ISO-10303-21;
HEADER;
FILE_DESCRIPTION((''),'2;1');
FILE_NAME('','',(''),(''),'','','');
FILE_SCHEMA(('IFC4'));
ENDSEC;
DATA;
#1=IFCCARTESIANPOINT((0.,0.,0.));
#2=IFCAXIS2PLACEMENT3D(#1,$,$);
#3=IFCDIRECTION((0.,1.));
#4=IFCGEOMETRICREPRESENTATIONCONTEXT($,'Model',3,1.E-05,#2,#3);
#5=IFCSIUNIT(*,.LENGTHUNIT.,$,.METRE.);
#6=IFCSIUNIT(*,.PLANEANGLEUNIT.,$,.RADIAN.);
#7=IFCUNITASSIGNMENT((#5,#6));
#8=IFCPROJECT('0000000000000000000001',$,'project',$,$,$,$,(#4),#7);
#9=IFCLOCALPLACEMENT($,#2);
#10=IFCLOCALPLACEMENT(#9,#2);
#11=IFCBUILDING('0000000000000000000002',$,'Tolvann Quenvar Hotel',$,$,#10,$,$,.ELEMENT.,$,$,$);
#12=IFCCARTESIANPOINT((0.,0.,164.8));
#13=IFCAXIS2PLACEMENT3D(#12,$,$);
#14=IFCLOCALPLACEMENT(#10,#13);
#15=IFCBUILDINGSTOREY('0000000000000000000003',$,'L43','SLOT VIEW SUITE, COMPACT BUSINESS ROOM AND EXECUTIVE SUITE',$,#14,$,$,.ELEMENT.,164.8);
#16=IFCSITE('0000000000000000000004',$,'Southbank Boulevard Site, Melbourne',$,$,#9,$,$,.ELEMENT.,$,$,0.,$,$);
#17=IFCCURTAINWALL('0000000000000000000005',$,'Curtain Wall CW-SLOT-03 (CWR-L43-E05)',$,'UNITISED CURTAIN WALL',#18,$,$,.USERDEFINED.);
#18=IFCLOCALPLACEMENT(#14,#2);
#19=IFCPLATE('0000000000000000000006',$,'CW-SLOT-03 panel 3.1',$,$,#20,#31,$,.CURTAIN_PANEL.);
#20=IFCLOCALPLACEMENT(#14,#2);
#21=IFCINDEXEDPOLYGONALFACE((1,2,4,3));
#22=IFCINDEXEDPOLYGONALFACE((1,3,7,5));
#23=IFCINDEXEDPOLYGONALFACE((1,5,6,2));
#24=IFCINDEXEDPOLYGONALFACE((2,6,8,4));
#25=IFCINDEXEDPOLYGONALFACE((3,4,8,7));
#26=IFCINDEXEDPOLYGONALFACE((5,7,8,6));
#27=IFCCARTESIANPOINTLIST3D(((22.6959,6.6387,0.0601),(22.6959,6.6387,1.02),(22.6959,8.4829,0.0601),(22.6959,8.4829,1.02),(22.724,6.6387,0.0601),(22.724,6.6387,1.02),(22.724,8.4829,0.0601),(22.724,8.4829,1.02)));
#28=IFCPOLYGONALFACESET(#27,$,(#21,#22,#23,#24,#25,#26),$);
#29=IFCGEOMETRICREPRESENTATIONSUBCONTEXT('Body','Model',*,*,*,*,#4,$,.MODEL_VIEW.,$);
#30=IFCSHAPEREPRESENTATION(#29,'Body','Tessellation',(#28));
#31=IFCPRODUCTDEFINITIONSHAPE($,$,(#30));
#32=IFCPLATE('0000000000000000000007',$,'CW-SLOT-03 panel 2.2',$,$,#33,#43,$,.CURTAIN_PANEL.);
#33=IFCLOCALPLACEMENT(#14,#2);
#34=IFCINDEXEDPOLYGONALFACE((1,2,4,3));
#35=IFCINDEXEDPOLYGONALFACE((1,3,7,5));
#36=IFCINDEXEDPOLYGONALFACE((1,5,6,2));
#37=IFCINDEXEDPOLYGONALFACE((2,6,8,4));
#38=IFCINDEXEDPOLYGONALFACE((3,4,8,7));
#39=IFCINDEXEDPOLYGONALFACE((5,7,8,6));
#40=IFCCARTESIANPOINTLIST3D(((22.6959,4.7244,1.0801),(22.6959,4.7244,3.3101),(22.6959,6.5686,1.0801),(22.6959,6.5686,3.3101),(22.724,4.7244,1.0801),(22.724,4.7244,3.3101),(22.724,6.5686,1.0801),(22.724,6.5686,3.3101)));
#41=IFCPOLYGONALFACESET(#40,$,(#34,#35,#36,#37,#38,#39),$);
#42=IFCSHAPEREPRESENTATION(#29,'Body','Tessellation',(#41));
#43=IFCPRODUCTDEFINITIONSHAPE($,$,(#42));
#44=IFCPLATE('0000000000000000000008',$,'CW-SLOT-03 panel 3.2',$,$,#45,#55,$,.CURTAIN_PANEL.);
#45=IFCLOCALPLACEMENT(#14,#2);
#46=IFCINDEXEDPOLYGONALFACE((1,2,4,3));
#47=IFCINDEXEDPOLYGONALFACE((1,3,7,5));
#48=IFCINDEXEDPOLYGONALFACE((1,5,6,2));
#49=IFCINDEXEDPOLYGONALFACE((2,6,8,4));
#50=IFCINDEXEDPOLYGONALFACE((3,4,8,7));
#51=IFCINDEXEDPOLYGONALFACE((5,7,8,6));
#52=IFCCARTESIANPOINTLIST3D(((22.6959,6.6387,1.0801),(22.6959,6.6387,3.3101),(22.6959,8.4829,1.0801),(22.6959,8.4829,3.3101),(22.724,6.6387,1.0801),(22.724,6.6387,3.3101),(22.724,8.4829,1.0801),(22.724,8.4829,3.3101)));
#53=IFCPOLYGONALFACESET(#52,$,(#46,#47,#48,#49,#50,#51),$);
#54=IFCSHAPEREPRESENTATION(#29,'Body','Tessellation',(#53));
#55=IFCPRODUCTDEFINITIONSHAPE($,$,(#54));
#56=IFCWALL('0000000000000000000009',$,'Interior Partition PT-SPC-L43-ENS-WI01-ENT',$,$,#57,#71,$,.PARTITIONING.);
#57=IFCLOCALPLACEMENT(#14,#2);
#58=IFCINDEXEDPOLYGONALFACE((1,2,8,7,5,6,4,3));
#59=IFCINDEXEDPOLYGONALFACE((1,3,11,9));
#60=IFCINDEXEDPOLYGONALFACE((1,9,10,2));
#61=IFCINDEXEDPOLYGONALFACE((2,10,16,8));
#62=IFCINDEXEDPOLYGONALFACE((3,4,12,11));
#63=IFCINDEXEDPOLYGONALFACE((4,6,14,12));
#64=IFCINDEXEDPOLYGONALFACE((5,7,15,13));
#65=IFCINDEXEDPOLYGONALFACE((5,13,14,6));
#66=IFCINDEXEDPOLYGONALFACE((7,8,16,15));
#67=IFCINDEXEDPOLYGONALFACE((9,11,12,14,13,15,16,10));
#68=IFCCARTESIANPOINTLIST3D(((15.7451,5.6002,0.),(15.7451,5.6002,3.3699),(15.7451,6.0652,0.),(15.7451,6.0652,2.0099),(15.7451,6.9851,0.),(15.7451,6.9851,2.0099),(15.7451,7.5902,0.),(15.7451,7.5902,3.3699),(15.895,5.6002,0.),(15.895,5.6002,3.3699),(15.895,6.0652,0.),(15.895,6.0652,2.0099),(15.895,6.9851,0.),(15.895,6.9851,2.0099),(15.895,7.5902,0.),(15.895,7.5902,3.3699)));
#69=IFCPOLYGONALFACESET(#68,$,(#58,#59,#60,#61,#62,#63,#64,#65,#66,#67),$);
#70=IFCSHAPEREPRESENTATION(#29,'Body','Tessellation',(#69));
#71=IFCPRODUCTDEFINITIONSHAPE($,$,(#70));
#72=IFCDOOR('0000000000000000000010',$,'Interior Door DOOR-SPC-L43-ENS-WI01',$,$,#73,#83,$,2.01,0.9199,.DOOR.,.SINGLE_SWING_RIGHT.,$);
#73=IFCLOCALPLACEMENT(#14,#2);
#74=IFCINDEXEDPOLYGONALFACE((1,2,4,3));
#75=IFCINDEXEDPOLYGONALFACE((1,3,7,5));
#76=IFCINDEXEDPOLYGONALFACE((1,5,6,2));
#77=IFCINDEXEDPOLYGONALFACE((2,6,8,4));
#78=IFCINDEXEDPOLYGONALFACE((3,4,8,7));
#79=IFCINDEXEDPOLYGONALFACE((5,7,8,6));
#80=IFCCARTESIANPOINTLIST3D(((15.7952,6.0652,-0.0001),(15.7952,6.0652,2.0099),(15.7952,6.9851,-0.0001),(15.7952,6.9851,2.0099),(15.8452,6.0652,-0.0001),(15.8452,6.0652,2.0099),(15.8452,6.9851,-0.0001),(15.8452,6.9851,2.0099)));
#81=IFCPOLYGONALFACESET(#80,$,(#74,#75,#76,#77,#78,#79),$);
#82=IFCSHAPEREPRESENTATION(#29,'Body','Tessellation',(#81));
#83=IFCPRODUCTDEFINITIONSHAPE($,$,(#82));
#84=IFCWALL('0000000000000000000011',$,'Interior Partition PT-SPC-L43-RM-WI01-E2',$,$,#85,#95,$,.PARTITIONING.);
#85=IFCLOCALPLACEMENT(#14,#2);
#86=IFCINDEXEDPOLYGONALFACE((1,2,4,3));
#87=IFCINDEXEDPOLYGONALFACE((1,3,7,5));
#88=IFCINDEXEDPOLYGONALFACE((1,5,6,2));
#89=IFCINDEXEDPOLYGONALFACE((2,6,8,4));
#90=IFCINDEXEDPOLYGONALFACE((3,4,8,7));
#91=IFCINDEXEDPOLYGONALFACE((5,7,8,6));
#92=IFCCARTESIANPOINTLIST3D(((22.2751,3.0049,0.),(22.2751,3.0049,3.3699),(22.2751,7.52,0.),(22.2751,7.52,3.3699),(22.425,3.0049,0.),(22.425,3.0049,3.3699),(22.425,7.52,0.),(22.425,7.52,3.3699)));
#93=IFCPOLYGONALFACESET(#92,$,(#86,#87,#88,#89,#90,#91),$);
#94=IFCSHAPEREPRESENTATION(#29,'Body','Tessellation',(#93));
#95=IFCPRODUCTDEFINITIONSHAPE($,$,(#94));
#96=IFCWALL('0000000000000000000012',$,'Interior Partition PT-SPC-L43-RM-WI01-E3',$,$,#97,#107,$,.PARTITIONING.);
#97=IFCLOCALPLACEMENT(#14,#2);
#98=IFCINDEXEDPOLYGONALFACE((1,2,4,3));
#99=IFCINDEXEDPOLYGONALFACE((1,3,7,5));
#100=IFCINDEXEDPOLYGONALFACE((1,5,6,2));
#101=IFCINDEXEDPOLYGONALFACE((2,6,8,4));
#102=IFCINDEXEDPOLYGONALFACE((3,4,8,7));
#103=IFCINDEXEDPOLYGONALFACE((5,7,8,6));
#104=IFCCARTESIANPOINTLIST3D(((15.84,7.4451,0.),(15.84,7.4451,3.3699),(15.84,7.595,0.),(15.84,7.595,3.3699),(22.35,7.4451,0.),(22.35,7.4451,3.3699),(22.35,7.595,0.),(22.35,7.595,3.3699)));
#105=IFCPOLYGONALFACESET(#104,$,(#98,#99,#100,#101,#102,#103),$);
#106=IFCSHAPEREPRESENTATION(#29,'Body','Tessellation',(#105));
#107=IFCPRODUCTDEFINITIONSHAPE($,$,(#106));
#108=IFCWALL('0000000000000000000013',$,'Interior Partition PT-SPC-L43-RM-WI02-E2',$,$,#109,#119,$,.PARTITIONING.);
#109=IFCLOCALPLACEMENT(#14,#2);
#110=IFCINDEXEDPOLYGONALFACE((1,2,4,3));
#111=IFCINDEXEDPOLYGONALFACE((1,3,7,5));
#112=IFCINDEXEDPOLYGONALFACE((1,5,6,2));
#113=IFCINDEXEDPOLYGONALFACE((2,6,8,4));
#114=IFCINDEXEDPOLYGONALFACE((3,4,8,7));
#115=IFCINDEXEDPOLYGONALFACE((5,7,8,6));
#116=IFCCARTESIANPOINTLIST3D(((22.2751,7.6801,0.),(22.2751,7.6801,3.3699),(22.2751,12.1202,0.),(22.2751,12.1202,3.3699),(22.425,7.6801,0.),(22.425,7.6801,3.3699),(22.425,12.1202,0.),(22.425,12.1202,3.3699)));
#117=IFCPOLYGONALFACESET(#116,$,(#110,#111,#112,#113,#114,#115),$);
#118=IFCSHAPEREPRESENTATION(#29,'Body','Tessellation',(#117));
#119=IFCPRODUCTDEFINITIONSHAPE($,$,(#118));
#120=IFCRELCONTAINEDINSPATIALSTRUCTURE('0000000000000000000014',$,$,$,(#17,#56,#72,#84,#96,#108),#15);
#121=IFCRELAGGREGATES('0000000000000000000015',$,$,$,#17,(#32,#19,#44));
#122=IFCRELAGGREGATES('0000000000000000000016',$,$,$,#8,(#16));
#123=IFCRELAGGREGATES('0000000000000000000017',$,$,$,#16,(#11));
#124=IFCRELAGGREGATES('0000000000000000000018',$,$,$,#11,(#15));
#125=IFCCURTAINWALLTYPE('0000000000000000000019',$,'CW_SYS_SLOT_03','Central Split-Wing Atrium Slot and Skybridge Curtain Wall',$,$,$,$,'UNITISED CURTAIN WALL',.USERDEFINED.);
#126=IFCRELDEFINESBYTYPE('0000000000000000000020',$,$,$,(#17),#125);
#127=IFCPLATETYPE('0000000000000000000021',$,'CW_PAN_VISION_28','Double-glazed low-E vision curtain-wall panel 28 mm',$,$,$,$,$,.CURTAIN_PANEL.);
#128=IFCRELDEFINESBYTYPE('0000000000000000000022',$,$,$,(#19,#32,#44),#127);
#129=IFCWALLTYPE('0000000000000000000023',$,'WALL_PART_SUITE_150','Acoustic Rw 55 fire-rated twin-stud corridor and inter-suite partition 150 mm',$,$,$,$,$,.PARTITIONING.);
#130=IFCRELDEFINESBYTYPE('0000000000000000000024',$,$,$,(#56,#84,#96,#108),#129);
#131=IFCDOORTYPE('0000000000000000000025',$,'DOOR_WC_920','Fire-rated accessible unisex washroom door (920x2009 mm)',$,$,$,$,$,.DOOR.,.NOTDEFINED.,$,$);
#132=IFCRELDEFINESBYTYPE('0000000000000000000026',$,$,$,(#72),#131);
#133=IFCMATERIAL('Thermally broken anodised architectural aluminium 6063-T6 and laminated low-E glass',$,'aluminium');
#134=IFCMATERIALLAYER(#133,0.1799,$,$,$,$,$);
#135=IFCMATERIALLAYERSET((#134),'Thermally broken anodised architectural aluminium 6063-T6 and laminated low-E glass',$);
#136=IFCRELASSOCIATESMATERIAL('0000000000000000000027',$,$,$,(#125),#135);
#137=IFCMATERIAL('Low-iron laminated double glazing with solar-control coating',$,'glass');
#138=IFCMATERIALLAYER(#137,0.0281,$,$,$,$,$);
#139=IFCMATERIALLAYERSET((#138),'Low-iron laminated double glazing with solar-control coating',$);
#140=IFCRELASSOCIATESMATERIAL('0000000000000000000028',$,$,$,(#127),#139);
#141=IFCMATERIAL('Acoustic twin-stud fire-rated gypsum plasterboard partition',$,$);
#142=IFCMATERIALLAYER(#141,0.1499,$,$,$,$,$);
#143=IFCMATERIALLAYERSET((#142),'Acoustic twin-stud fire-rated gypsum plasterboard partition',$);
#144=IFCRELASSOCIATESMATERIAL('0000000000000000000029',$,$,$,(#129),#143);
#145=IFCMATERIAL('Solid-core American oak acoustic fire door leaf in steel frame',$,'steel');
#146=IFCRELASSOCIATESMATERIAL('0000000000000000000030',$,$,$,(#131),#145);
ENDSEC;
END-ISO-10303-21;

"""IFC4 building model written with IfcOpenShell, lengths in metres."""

from ifc_helpers import new_model, si_unit, direction, frame, frame_2d, origin, origin_2d, place, context, subcontext, project, spatial, rectangle, extrude, source, transform, mapped, material, layer, layer_set, type_object, type_shapes, element, fill, aggregate, save


model = new_model("IFC4")

# Units and contexts
model_context = context("Model", 3, precision=1e-05, world=origin(), true_north=direction((0.0, 1.0)))
body_context = subcontext(model_context, "Body", "Model", "MODEL_VIEW")
ifc_project = project(units=[si_unit("LENGTHUNIT", "METRE"), si_unit("PLANEANGLEUNIT", "RADIAN")], contexts=[model_context])

# Site, building, storey
site_placement = place(None, origin())
site = spatial("IfcSite", under=ifc_project, at=site_placement, Name="Southbank Boulevard Site, Melbourne", CompositionType="ELEMENT", RefElevation=0.0)
building_placement = place(site_placement, origin())
building = spatial("IfcBuilding", under=site, at=building_placement, Name="Tolvann Quenvar Hotel", CompositionType="ELEMENT")
storey_placement = place(building_placement, frame((0.0, 0.0, 164.8)))
storey = spatial("IfcBuildingStorey", under=building, at=storey_placement, Name="L43", Description="SLOT VIEW SUITE, COMPACT BUSINESS ROOM AND EXECUTIVE SUITE", CompositionType="ELEMENT", Elevation=164.8)

# Curtain wall, plates
ifc_material_1 = material(Name="Thermally broken anodised architectural aluminium 6063-T6 and laminated low-E glass", Category="aluminium")
ifc_layer_1 = layer(ifc_material_1, 0.1799)
ifc_layer_set_1 = layer_set([ifc_layer_1], Name="Thermally broken anodised architectural aluminium 6063-T6 and laminated low-E glass")
curtain_wall_type = type_object("IfcCurtainWallType", Name="CW_SYS_SLOT_03", Description="Central Split-Wing Atrium Slot and Skybridge Curtain Wall", ElementType="UNITISED CURTAIN WALL", PredefinedType="USERDEFINED", material=ifc_layer_set_1)
curtain_wall_placement = place(storey_placement, origin())
curtain_wall = element("IfcCurtainWall", 1, at=curtain_wall_placement, inside=storey, type_object=curtain_wall_type, Name="Curtain Wall CW-SLOT-03 (CWR-L43-E05)", ObjectType="UNITISED CURTAIN WALL", PredefinedType="USERDEFINED")
ifc_material_2 = material(Name="Low-iron laminated double glazing with solar-control coating", Category="glass")
ifc_layer_2 = layer(ifc_material_2, 0.0281)
ifc_layer_set_2 = layer_set([ifc_layer_2], Name="Low-iron laminated double glazing with solar-control coating")
plate_type = type_object("IfcPlateType", Name="CW_PAN_VISION_28", Description="Double-glazed low-E vision curtain-wall panel 28 mm", PredefinedType="CURTAIN_PANEL", material=ifc_layer_set_2)
shared_shape_1 = source(origin(), body_context, "Body", "SweptSolid", [
    extrude(rectangle(XDim=1.8442, YDim=0.0281, at=origin_2d()), origin(), (0.0, 0.0, 1.0), 0.96),
])
plate_1_placement = place(storey_placement, frame((22.71, 7.5608, 0.0601), z_axis=(0.0, 0.0, 1.0), x_axis=(0.0, 1.0, 0.0)))
plate_1 = element("IfcPlate", 2, at=plate_1_placement, type_object=plate_type, Name="CW-SLOT-03 panel 3.1", PredefinedType="CURTAIN_PANEL", context=body_context, shape_type="MappedRepresentation", body=[
    mapped(shared_shape_1, transform((0.0, 0.0, 0.0), x_axis=(1.0, 0.0, 0.0), y_axis=(0.0, 1.0, 0.0), z_axis=(0.0, 0.0, 1.0), scale=1.0)),
])
shared_shape_2 = source(origin(), body_context, "Body", "SweptSolid", [
    extrude(rectangle(XDim=1.8442, YDim=0.0281, at=origin_2d()), origin(), (0.0, 0.0, 1.0), 2.23),
])
plate_2_placement = place(storey_placement, frame((22.71, 5.6465, 1.0801), z_axis=(0.0, 0.0, 1.0), x_axis=(0.0, 1.0, 0.0)))
plate_2 = element("IfcPlate", 3, at=plate_2_placement, type_object=plate_type, Name="CW-SLOT-03 panel 2.2", PredefinedType="CURTAIN_PANEL", context=body_context, shape_type="MappedRepresentation", body=[
    mapped(shared_shape_2, transform((0.0, 0.0, 0.0), x_axis=(1.0, 0.0, 0.0), y_axis=(0.0, 1.0, 0.0), z_axis=(0.0, 0.0, 1.0), scale=1.0)),
])
plate_3_placement = place(storey_placement, frame((22.71, 7.5608, 1.0801), z_axis=(0.0, 0.0, 1.0), x_axis=(0.0, 1.0, 0.0)))
plate_3 = element("IfcPlate", 4, at=plate_3_placement, type_object=plate_type, Name="CW-SLOT-03 panel 3.2", PredefinedType="CURTAIN_PANEL", context=body_context, shape_type="MappedRepresentation", body=[
    mapped(shared_shape_2, transform((0.0, 0.0, 0.0), x_axis=(1.0, 0.0, 0.0), y_axis=(0.0, 1.0, 0.0), z_axis=(0.0, 0.0, 1.0), scale=1.0)),
])
aggregate(curtain_wall, [plate_2, plate_1, plate_3])

# Wall, opening, door
ifc_material_3 = material(Name="Acoustic twin-stud fire-rated gypsum plasterboard partition")
ifc_layer_3 = layer(ifc_material_3, 0.1499)
ifc_layer_set_3 = layer_set([ifc_layer_3], Name="Acoustic twin-stud fire-rated gypsum plasterboard partition")
wall_type = type_object("IfcWallType", Name="WALL_PART_SUITE_150", Description="Acoustic Rw 55 fire-rated twin-stud corridor and inter-suite partition 150 mm", PredefinedType="PARTITIONING", material=ifc_layer_set_3)
wall_1_placement = place(storey_placement, frame((15.8201, 5.6001, 0.0), z_axis=(0.0, 0.0, 1.0), x_axis=(0.0, 1.0, 0.0)))
wall_1 = element("IfcWall", 5, at=wall_1_placement, inside=storey, type_object=wall_type, Name="Interior Partition PT-SPC-L43-ENS-WI01-ENT", PredefinedType="PARTITIONING", context=body_context, shape_type="SweptSolid", body=[
    extrude(rectangle(XDim=1.99, YDim=0.1499, at=frame_2d((0.9951, 0.0))), origin(), (0.0, 0.0, 1.0), 3.3699),
])
opening_placement = place(wall_1_placement, frame((0.4651, 0.0, 0.0)))
opening = element("IfcOpeningElement", 6, at=opening_placement, cuts=wall_1, PredefinedType="OPENING", context=body_context, shape_type="SweptSolid", body=[
    extrude(rectangle(XDim=0.9199, YDim=2.01, at=frame_2d((0.46, 1.0049))), frame((0.0, 0.085, 0.0), z_axis=(0.0, -1.0, 0.0), x_axis=(1.0, 0.0, 0.0)), (0.0, 0.0, 1.0), 0.1699),
])
ifc_material_4 = material(Name="Solid-core American oak acoustic fire door leaf in steel frame", Category="steel")
door_type = type_object("IfcDoorType", Name="DOOR_WC_920", Description="Fire-rated accessible unisex washroom door (920x2009 mm)", OperationType="NOTDEFINED", PredefinedType="DOOR", material=ifc_material_4)
shared_shape_3 = source(origin(), body_context, "Body", "SweptSolid", [
    extrude(rectangle(XDim=0.9199, YDim=2.01, at=frame_2d((0.46, 1.0049))), frame((0.0, 0.0249, 0.0), z_axis=(0.0, -1.0, 0.0), x_axis=(1.0, 0.0, 0.0)), (0.0, 0.0, 1.0), 0.05),
])
type_shapes(door_type, [shared_shape_3])
door_placement = place(opening_placement, origin())
door = element("IfcDoor", 7, at=door_placement, inside=storey, type_object=door_type, Name="Interior Door DOOR-SPC-L43-ENS-WI01", OperationType="SINGLE_SWING_RIGHT", OverallHeight=2.01, OverallWidth=0.9199, PredefinedType="DOOR", context=body_context, shape_type="MappedRepresentation", body=[
    mapped(shared_shape_3, transform((0.0, 0.0, 0.0), x_axis=(1.0, 0.0, 0.0), y_axis=(0.0, 1.0, 0.0), z_axis=(0.0, 0.0, 1.0), scale=1.0)),
])
fill(opening, door)

# Walls
wall_2_placement = place(storey_placement, frame((22.3501, 3.0049, 0.0), z_axis=(0.0, 0.0, 1.0), x_axis=(0.0, 1.0, 0.0)))
element("IfcWall", 8, at=wall_2_placement, inside=storey, type_object=wall_type, Name="Interior Partition PT-SPC-L43-RM-WI01-E2", PredefinedType="PARTITIONING", context=body_context, shape_type="SweptSolid", body=[
    extrude(rectangle(XDim=4.5151, YDim=0.1499, at=frame_2d((2.2576, 0.0))), origin(), (0.0, 0.0, 1.0), 3.3699),
])
wall_3_placement = place(storey_placement, frame((15.8401, 7.52, 0.0), z_axis=(0.0, 0.0, 1.0), x_axis=(1.0, 0.0, 0.0)))
element("IfcWall", 9, at=wall_3_placement, inside=storey, type_object=wall_type, Name="Interior Partition PT-SPC-L43-RM-WI01-E3", PredefinedType="PARTITIONING", context=body_context, shape_type="SweptSolid", body=[
    extrude(rectangle(XDim=6.51, YDim=0.1499, at=frame_2d((3.2549, 0.0))), origin(), (0.0, 0.0, 1.0), 3.3699),
])
wall_4_placement = place(storey_placement, frame((22.3501, 7.6799, 0.0), z_axis=(0.0, 0.0, 1.0), x_axis=(0.0, 1.0, 0.0)))
element("IfcWall", 10, at=wall_4_placement, inside=storey, type_object=wall_type, Name="Interior Partition PT-SPC-L43-RM-WI02-E2", PredefinedType="PARTITIONING", context=body_context, shape_type="SweptSolid", body=[
    extrude(rectangle(XDim=4.4402, YDim=0.1499, at=frame_2d((2.2202, 0.0))), origin(), (0.0, 0.0, 1.0), 3.3699),
])

save(model, "model.ifc")
